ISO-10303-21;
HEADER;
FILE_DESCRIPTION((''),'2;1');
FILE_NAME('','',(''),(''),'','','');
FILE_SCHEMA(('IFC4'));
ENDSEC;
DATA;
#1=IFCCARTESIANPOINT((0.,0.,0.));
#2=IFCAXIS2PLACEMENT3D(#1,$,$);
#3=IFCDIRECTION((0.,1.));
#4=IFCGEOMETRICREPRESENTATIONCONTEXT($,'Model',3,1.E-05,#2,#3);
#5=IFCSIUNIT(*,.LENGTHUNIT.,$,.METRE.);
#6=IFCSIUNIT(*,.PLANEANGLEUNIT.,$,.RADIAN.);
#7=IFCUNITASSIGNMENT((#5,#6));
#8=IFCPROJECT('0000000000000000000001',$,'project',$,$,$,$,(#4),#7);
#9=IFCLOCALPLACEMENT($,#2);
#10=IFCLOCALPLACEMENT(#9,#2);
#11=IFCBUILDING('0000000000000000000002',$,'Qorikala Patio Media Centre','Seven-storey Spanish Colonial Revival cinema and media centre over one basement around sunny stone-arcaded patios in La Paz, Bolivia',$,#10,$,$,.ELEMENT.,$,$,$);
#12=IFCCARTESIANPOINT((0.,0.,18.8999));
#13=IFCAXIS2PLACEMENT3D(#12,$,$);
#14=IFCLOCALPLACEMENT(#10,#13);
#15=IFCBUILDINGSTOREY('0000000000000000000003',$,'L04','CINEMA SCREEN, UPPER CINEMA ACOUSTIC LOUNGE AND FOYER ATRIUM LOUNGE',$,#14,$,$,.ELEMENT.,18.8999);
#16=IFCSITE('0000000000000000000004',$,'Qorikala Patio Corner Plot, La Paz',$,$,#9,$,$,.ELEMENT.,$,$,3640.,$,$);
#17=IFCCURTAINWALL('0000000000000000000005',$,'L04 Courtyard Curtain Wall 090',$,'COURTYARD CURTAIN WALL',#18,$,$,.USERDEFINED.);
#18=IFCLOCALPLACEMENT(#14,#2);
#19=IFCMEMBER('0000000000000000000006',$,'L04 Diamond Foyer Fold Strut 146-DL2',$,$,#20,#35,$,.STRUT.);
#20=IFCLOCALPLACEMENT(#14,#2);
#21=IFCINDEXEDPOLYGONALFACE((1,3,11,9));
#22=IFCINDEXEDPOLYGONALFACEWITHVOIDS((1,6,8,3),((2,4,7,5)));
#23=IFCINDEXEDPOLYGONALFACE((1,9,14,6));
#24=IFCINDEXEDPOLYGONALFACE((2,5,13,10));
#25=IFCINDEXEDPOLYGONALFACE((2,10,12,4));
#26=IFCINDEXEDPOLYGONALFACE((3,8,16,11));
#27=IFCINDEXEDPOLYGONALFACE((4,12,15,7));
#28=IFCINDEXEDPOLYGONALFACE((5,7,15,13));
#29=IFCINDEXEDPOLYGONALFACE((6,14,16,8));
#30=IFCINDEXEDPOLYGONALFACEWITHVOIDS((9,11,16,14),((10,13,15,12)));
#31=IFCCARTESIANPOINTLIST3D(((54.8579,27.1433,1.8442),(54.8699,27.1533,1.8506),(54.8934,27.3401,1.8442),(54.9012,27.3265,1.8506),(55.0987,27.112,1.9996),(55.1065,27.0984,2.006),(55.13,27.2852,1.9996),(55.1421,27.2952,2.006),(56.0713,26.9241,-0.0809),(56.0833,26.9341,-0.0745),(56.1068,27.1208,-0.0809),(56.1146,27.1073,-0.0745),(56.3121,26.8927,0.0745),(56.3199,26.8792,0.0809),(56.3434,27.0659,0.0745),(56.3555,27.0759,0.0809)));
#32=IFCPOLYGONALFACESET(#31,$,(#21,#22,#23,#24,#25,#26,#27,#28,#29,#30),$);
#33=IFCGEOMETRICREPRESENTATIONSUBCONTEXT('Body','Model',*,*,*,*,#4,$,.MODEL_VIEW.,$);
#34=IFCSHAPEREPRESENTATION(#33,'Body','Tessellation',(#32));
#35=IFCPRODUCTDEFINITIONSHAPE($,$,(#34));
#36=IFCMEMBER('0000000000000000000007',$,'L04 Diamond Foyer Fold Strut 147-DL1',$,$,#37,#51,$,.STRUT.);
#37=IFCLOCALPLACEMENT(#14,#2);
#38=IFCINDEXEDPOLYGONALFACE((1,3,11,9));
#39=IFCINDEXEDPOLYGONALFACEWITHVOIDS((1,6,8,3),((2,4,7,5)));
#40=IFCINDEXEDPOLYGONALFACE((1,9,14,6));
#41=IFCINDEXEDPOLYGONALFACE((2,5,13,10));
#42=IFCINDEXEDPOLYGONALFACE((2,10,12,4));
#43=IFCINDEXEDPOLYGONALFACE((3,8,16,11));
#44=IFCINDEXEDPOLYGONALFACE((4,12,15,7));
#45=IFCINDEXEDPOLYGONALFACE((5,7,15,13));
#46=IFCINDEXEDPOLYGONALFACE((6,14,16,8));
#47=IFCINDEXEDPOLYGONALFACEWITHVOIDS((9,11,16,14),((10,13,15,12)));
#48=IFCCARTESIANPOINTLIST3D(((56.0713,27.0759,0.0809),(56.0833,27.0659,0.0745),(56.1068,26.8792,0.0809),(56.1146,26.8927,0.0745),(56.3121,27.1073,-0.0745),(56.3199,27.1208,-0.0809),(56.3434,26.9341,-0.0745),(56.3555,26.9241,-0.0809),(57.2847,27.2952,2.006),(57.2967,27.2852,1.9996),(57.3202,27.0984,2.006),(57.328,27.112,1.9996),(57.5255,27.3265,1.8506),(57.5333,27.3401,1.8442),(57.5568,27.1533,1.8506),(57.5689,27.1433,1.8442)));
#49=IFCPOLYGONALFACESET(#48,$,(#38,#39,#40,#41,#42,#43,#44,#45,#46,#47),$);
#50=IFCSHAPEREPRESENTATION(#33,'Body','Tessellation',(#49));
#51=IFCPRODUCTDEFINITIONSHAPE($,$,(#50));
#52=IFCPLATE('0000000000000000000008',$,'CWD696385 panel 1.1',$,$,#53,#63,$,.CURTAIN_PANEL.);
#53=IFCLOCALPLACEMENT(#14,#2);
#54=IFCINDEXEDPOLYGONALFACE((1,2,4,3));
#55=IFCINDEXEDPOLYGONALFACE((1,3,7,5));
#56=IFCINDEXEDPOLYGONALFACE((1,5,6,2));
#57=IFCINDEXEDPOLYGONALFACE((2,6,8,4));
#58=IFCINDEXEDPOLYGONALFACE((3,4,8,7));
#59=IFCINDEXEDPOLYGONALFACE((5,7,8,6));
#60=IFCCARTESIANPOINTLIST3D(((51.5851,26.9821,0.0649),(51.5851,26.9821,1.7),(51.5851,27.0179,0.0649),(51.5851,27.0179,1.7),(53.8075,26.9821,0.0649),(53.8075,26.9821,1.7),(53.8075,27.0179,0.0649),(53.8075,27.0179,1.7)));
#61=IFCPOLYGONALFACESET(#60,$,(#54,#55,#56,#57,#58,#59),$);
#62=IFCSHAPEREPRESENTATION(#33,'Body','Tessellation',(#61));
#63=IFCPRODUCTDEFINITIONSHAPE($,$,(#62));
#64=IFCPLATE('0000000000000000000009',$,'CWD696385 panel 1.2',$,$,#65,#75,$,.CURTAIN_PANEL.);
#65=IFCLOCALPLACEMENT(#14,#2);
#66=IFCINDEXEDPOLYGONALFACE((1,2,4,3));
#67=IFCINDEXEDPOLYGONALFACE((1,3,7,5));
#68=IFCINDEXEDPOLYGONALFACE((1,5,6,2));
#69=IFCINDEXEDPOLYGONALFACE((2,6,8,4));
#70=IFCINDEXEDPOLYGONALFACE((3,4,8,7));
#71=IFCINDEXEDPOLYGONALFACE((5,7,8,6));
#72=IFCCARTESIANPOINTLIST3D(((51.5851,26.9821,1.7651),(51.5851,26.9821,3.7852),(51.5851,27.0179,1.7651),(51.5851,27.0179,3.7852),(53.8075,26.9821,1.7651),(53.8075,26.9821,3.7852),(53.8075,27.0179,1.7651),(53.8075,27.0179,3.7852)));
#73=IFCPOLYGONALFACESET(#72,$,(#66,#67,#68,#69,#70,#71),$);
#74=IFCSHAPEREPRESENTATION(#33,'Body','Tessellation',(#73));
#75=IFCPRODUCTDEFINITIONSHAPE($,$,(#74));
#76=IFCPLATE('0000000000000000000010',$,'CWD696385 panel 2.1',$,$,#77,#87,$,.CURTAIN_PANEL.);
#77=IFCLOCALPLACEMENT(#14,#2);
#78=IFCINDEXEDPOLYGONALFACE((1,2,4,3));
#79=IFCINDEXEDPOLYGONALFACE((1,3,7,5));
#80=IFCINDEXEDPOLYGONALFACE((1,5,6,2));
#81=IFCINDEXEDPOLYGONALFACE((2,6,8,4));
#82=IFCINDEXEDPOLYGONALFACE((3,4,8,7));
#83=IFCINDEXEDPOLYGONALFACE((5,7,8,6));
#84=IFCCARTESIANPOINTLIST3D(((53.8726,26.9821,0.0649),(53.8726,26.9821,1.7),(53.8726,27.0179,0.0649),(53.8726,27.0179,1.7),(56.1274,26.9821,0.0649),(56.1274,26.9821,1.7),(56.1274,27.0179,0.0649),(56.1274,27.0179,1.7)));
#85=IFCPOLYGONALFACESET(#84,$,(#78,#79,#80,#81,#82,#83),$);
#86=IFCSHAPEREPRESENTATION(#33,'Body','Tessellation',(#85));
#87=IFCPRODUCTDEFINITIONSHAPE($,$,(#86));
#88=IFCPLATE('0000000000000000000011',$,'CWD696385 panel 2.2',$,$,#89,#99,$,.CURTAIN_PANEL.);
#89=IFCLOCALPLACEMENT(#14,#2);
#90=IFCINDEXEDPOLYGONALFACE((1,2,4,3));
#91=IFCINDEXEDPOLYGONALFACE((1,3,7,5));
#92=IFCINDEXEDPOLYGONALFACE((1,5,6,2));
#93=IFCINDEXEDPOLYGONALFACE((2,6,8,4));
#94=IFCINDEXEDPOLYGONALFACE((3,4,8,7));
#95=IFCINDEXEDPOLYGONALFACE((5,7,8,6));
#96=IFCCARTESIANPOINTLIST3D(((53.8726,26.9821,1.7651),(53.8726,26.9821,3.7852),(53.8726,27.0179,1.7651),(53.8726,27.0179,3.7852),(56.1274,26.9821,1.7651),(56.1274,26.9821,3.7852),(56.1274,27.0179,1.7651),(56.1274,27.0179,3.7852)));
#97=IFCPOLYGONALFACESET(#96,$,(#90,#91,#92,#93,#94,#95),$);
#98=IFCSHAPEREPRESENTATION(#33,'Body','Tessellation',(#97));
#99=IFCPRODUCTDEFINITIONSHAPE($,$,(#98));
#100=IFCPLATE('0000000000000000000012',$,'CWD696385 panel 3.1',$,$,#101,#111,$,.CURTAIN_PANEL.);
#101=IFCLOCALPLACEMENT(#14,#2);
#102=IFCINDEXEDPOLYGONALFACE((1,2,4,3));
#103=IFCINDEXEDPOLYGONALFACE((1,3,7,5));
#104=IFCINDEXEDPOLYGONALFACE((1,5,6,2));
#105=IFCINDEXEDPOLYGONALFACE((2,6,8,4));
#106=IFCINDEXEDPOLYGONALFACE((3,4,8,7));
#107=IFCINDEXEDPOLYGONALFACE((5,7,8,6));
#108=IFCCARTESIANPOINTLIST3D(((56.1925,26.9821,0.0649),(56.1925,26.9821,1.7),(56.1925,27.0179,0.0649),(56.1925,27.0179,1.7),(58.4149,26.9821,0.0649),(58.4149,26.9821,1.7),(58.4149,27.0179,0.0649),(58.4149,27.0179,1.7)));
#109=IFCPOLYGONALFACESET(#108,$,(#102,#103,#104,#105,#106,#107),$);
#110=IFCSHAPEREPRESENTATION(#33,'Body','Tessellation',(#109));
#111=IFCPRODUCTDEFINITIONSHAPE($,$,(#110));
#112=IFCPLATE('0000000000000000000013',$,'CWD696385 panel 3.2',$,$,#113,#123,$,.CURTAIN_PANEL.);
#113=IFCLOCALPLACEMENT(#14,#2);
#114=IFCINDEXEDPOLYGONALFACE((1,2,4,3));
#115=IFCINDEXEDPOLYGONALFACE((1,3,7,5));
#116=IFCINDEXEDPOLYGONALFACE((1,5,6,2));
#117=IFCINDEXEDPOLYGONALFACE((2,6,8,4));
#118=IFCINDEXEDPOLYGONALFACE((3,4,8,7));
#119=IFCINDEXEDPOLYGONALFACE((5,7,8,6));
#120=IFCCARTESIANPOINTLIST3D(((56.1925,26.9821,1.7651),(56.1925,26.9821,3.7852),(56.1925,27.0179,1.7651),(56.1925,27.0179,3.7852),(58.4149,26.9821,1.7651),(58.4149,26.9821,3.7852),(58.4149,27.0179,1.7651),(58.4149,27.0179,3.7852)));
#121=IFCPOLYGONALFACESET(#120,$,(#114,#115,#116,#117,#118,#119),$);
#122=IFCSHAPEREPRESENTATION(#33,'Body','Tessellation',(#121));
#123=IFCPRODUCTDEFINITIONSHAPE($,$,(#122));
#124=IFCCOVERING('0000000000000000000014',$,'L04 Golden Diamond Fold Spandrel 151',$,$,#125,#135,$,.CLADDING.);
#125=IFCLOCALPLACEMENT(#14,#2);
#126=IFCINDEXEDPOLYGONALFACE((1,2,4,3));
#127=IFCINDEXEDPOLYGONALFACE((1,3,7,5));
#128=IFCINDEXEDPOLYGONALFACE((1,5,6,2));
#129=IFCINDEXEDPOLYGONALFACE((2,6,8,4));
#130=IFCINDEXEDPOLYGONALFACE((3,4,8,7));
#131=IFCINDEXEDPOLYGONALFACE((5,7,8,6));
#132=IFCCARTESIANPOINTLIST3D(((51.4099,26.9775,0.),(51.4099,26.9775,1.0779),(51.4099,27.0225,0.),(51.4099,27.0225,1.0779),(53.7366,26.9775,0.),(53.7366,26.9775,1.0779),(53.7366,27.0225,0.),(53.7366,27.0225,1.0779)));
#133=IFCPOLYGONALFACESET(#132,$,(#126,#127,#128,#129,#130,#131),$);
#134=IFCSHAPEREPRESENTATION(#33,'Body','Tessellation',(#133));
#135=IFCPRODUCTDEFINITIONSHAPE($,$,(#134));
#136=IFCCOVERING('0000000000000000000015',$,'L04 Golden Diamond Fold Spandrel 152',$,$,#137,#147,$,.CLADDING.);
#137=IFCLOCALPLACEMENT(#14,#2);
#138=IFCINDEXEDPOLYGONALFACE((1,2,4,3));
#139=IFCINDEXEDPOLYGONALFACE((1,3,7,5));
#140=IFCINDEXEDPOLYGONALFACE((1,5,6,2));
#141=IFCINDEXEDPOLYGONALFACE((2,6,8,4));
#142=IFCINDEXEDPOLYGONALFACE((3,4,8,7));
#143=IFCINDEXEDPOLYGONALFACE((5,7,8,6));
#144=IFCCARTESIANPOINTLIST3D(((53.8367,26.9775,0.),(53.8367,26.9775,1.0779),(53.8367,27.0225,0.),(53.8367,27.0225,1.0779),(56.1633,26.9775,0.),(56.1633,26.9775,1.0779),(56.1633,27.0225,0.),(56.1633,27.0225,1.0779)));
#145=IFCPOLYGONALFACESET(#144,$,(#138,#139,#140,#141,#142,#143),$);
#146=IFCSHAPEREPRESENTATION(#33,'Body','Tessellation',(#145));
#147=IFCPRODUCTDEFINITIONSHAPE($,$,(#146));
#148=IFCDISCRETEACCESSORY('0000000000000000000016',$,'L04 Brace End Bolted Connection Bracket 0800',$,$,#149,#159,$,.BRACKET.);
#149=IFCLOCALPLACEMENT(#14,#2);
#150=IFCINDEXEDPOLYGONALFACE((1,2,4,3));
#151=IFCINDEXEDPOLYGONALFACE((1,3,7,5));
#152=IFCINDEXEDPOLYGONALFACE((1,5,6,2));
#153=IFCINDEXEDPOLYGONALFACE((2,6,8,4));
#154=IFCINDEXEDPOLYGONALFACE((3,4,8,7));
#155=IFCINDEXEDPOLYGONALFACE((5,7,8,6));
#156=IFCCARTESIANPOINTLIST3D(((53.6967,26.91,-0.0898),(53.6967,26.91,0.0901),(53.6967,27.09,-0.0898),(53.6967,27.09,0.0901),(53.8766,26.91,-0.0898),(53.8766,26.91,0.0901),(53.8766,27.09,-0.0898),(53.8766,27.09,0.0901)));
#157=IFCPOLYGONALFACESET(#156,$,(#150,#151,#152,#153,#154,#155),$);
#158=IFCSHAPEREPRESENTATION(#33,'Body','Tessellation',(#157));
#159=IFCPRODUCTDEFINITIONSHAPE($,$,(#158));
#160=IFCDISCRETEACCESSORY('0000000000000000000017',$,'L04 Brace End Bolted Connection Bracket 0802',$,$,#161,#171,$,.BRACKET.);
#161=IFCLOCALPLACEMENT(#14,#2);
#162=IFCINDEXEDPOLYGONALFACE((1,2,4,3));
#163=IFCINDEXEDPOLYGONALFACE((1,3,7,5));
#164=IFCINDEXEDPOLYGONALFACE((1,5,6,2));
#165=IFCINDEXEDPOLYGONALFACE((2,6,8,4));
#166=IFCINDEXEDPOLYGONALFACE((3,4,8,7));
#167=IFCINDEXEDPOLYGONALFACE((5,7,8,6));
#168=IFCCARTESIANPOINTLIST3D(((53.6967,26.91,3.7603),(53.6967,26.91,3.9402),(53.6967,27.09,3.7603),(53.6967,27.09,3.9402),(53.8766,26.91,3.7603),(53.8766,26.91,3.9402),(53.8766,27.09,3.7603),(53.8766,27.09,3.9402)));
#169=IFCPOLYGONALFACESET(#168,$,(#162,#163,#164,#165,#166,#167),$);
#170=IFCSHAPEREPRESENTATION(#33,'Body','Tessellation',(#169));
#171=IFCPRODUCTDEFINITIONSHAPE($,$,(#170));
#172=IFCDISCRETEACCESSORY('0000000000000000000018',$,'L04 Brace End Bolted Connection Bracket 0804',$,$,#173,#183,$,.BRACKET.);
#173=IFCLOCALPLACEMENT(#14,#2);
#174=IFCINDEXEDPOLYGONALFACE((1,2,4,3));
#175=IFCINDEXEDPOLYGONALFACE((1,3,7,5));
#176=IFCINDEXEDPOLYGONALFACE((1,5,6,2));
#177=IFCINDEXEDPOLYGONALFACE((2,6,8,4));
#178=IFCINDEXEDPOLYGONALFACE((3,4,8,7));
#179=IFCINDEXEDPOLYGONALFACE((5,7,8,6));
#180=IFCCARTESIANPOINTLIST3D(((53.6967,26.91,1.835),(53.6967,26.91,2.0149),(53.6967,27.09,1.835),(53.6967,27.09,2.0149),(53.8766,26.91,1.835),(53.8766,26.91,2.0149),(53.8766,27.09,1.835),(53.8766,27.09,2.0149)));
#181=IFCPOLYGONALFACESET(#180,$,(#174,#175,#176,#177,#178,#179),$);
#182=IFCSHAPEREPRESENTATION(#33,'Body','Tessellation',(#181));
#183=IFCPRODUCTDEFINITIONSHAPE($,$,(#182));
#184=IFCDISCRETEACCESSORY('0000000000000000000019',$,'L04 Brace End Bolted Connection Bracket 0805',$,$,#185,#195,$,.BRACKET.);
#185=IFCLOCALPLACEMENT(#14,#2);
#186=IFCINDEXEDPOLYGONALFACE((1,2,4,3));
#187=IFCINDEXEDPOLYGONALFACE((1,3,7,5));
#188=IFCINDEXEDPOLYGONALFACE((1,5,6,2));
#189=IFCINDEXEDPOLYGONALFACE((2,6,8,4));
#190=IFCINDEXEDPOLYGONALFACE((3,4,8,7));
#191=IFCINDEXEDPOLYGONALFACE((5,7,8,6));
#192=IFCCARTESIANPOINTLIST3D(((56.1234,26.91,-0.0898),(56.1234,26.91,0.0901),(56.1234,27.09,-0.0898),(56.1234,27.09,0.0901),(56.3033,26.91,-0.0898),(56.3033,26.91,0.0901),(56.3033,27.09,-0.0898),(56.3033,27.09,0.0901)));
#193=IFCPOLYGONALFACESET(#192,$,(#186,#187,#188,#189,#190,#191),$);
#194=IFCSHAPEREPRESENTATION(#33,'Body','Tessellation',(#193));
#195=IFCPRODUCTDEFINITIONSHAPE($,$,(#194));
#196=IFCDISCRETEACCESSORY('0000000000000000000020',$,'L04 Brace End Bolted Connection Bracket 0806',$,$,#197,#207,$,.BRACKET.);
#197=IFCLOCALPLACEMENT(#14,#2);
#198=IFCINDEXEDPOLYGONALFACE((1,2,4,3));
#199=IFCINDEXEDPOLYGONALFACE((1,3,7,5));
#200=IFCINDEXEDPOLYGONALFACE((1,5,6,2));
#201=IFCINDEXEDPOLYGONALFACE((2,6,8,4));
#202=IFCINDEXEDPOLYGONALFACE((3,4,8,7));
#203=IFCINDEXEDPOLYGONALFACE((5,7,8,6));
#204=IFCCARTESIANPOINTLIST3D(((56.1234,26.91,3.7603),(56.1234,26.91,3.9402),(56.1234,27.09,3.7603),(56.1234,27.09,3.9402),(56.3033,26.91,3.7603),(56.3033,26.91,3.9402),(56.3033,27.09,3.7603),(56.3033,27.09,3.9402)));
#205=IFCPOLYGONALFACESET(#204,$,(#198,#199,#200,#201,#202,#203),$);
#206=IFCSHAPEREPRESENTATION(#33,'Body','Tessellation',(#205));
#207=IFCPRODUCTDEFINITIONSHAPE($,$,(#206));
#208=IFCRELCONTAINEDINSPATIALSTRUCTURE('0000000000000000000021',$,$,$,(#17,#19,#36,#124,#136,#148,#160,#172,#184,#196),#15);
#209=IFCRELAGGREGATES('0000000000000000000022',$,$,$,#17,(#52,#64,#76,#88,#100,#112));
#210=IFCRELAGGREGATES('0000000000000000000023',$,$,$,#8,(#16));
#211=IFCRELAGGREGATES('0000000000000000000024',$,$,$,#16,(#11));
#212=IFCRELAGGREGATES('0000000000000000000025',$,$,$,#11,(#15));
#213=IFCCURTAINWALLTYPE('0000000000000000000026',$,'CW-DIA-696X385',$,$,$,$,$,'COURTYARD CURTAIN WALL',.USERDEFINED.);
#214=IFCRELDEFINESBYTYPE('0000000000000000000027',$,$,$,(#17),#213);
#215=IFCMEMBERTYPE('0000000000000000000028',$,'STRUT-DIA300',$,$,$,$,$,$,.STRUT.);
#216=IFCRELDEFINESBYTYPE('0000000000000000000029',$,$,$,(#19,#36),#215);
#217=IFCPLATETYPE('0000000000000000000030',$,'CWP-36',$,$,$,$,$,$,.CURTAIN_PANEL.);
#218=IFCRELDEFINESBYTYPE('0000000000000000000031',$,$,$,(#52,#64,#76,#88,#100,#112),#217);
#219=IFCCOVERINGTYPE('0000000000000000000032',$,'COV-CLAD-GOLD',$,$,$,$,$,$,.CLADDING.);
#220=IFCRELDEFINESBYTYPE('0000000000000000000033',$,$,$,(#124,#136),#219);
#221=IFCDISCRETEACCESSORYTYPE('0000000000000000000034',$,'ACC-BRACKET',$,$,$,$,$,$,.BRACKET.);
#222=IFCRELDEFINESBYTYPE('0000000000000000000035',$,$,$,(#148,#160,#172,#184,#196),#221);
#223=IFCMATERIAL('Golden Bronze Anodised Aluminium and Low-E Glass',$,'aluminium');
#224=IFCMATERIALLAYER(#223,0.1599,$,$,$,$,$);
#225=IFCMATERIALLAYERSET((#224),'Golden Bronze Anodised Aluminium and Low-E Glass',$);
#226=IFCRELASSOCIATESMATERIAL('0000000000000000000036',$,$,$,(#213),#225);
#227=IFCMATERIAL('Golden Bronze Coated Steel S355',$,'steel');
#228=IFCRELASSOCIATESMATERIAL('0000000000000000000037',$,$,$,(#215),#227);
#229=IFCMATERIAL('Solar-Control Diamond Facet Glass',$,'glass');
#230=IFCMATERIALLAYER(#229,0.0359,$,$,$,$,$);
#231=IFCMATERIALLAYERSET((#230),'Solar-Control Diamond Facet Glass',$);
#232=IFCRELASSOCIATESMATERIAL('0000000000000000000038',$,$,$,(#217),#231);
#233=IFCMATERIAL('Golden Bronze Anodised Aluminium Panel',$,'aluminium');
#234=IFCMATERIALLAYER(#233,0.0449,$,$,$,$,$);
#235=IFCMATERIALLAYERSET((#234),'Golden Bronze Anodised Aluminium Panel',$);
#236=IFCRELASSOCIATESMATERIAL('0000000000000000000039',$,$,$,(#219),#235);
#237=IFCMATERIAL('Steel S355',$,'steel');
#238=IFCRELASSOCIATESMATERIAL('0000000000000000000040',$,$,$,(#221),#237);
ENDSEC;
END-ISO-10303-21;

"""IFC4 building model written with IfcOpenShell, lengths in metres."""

from ifc_helpers import new_model, si_unit, direction, frame, origin, origin_2d, place, context, subcontext, project, spatial, rectangle, hollow_rectangle, extrude, material, layer, layer_set, material_profile, profile_set, type_object, element, aggregate, save


model = new_model("IFC4")

# Units and contexts
model_context = context("Model", 3, precision=1e-05, world=origin(), true_north=direction((0.0, 1.0)))
body_context = subcontext(model_context, "Body", "Model", "MODEL_VIEW")
ifc_project = project(units=[si_unit("LENGTHUNIT", "METRE"), si_unit("PLANEANGLEUNIT", "RADIAN")], contexts=[model_context])

# Site, building, storey
site_placement = place(None, origin())
site = spatial("IfcSite", under=ifc_project, at=site_placement, Name="Qorikala Patio Corner Plot, La Paz", CompositionType="ELEMENT", RefElevation=3640.0)
building_placement = place(site_placement, origin())
building = spatial("IfcBuilding", under=site, at=building_placement, Name="Qorikala Patio Media Centre", Description="Seven-storey Spanish Colonial Revival cinema and media centre over one basement around sunny stone-arcaded patios in La Paz, Bolivia", CompositionType="ELEMENT")
storey_placement = place(building_placement, frame((0.0, 0.0, 18.8999)))
storey = spatial("IfcBuildingStorey", under=building, at=storey_placement, Name="L04", Description="CINEMA SCREEN, UPPER CINEMA ACOUSTIC LOUNGE AND FOYER ATRIUM LOUNGE", CompositionType="ELEMENT", Elevation=18.8999)

# Shared definitions
ifc_material_1 = material(Name="Golden Bronze Coated Steel S355", Category="steel")

# Curtain wall
ifc_material_2 = material(Name="Golden Bronze Anodised Aluminium and Low-E Glass", Category="aluminium")
ifc_layer_1 = layer(ifc_material_2, 0.1599)
ifc_layer_set_1 = layer_set([ifc_layer_1], Name="Golden Bronze Anodised Aluminium and Low-E Glass")
curtain_wall_type = type_object("IfcCurtainWallType", Name="CW-DIA-696X385", ElementType="COURTYARD CURTAIN WALL", PredefinedType="USERDEFINED", material=ifc_layer_set_1)
curtain_wall_placement = place(storey_placement, origin())
curtain_wall = element("IfcCurtainWall", 1, at=curtain_wall_placement, inside=storey, type_object=curtain_wall_type, Name="L04 Courtyard Curtain Wall 090", ObjectType="COURTYARD CURTAIN WALL", PredefinedType="USERDEFINED")

# Members
ifc_material_profile_1 = material_profile(ifc_material_1, hollow_rectangle(XDim=0.2, YDim=0.3, WallThickness=0.012, at=origin_2d()), Name="HSS300X200X12")
ifc_profile_set_1 = profile_set([ifc_material_profile_1], Name="Golden Bronze Coated Steel S355")
member_type_1 = type_object("IfcMemberType", Name="STRUT-DIA300", PredefinedType="STRUT", material=ifc_profile_set_1)
for number, where, z_axis, x_axis, name in (
    (2, (56.2134, 27.0, 0.0), (-0.530768, 0.095901, 0.842074), (-0.177805, -0.984066, 0.0), "L04 Diamond Foyer Fold Strut 146-DL2"),
    (3, (56.2134, 27.0, 0.0), (0.530768, 0.095901, 0.842074), (-0.177805, 0.984066, 0.0), "L04 Diamond Foyer Fold Strut 147-DL1"),
):
    element("IfcMember", number, at=place(storey_placement, frame(where, z_axis=z_axis, x_axis=x_axis)), inside=storey, type_object=member_type_1, Name=name, PredefinedType="STRUT", context=body_context, shape_type="SweptSolid", body=[
        extrude(hollow_rectangle(XDim=0.2, YDim=0.3, WallThickness=0.012, at=origin_2d()), origin(), (0.0, 0.0, 1.0), 2.2861),
    ])

# Plates
ifc_material_3 = material(Name="Solar-Control Diamond Facet Glass", Category="glass")
ifc_layer_2 = layer(ifc_material_3, 0.0359)
ifc_layer_set_2 = layer_set([ifc_layer_2], Name="Solar-Control Diamond Facet Glass")
plate_type = type_object("IfcPlateType", Name="CWP-36", PredefinedType="CURTAIN_PANEL", material=ifc_layer_set_2)
plate_1_placement = place(storey_placement, frame((52.6963, 27.0, 0.0649), z_axis=(0.0, 0.0, 1.0), x_axis=(1.0, 0.0, 0.0)))
plate_1 = element("IfcPlate", 4, at=plate_1_placement, type_object=plate_type, Name="CWD696385 panel 1.1", PredefinedType="CURTAIN_PANEL", context=body_context, shape_type="SweptSolid", body=[
    extrude(rectangle(XDim=2.2224, YDim=0.0359, at=origin_2d()), origin(), (0.0, 0.0, 1.0), 1.635),
])
plate_2_placement = place(storey_placement, frame((52.6963, 27.0, 1.7651), z_axis=(0.0, 0.0, 1.0), x_axis=(1.0, 0.0, 0.0)))
plate_2 = element("IfcPlate", 5, at=plate_2_placement, type_object=plate_type, Name="CWD696385 panel 1.2", PredefinedType="CURTAIN_PANEL", context=body_context, shape_type="SweptSolid", body=[
    extrude(rectangle(XDim=2.2224, YDim=0.0359, at=origin_2d()), origin(), (0.0, 0.0, 1.0), 2.02),
])
plate_3_placement = place(storey_placement, frame((55.0, 27.0, 0.0649), z_axis=(0.0, 0.0, 1.0), x_axis=(1.0, 0.0, 0.0)))
plate_3 = element("IfcPlate", 6, at=plate_3_placement, type_object=plate_type, Name="CWD696385 panel 2.1", PredefinedType="CURTAIN_PANEL", context=body_context, shape_type="SweptSolid", body=[
    extrude(rectangle(XDim=2.2549, YDim=0.0359, at=origin_2d()), origin(), (0.0, 0.0, 1.0), 1.635),
])
plate_4_placement = place(storey_placement, frame((55.0, 27.0, 1.7651), z_axis=(0.0, 0.0, 1.0), x_axis=(1.0, 0.0, 0.0)))
plate_4 = element("IfcPlate", 7, at=plate_4_placement, type_object=plate_type, Name="CWD696385 panel 2.2", PredefinedType="CURTAIN_PANEL", context=body_context, shape_type="SweptSolid", body=[
    extrude(rectangle(XDim=2.2549, YDim=0.0359, at=origin_2d()), origin(), (0.0, 0.0, 1.0), 2.02),
])
plate_5_placement = place(storey_placement, frame((57.3037, 27.0, 0.0649), z_axis=(0.0, 0.0, 1.0), x_axis=(1.0, 0.0, 0.0)))
plate_5 = element("IfcPlate", 8, at=plate_5_placement, type_object=plate_type, Name="CWD696385 panel 3.1", PredefinedType="CURTAIN_PANEL", context=body_context, shape_type="SweptSolid", body=[
    extrude(rectangle(XDim=2.2224, YDim=0.0359, at=origin_2d()), origin(), (0.0, 0.0, 1.0), 1.635),
])
plate_6_placement = place(storey_placement, frame((57.3037, 27.0, 1.7651), z_axis=(0.0, 0.0, 1.0), x_axis=(1.0, 0.0, 0.0)))
plate_6 = element("IfcPlate", 9, at=plate_6_placement, type_object=plate_type, Name="CWD696385 panel 3.2", PredefinedType="CURTAIN_PANEL", context=body_context, shape_type="SweptSolid", body=[
    extrude(rectangle(XDim=2.2224, YDim=0.0359, at=origin_2d()), origin(), (0.0, 0.0, 1.0), 2.02),
])
aggregate(curtain_wall, [plate_1, plate_2, plate_3, plate_4, plate_5, plate_6])

# Coverings
ifc_material_4 = material(Name="Golden Bronze Anodised Aluminium Panel", Category="aluminium")
ifc_layer_3 = layer(ifc_material_4, 0.0449)
ifc_layer_set_3 = layer_set([ifc_layer_3], Name="Golden Bronze Anodised Aluminium Panel")
covering_type = type_object("IfcCoveringType", Name="COV-CLAD-GOLD", PredefinedType="CLADDING", material=ifc_layer_set_3)
for number, where, z_axis, x_axis, name in (
    (10, (52.5732, 27.0, 0.0), (0.0, 0.0, 1.0), (1.0, 0.0, 0.0), "L04 Golden Diamond Fold Spandrel 151"),
    (11, (55.0, 27.0, 0.0), (0.0, 0.0, 1.0), (1.0, 0.0, 0.0), "L04 Golden Diamond Fold Spandrel 152"),
):
    element("IfcCovering", number, at=place(storey_placement, frame(where, z_axis=z_axis, x_axis=x_axis)), inside=storey, type_object=covering_type, Name=name, PredefinedType="CLADDING", context=body_context, shape_type="SweptSolid", body=[
        extrude(rectangle(XDim=2.3267, YDim=0.0449, at=origin_2d()), origin(), (0.0, 0.0, 1.0), 1.0779),
    ])

# Discrete accessories
ifc_material_5 = material(Name="Steel S355", Category="steel")
discrete_accessory_type = type_object("IfcDiscreteAccessoryType", Name="ACC-BRACKET", PredefinedType="BRACKET", material=ifc_material_5)
for number, where, z_axis, x_axis, name in (
    (12, (53.7866, 27.0, -0.0898), (0.0, 0.0, 1.0), (1.0, 0.0, 0.0), "L04 Brace End Bolted Connection Bracket 0800"),
    (13, (53.7866, 27.0, 3.7603), (0.0, 0.0, 1.0), (1.0, 0.0, 0.0), "L04 Brace End Bolted Connection Bracket 0802"),
    (14, (53.7866, 27.0, 1.835), (0.0, 0.0, 1.0), (1.0, 0.0, 0.0), "L04 Brace End Bolted Connection Bracket 0804"),
    (15, (56.2134, 27.0, -0.0898), (0.0, 0.0, 1.0), (1.0, 0.0, 0.0), "L04 Brace End Bolted Connection Bracket 0805"),
    (16, (56.2134, 27.0, 3.7603), (0.0, 0.0, 1.0), (1.0, 0.0, 0.0), "L04 Brace End Bolted Connection Bracket 0806"),
):
    element("IfcDiscreteAccessory", number, at=place(storey_placement, frame(where, z_axis=z_axis, x_axis=x_axis)), inside=storey, type_object=discrete_accessory_type, Name=name, PredefinedType="BRACKET", context=body_context, shape_type="SweptSolid", body=[
        extrude(rectangle(XDim=0.1799, YDim=0.1799, at=origin_2d()), origin(), (0.0, 0.0, 1.0), 0.1799),
    ])

save(model, "model.ifc")
